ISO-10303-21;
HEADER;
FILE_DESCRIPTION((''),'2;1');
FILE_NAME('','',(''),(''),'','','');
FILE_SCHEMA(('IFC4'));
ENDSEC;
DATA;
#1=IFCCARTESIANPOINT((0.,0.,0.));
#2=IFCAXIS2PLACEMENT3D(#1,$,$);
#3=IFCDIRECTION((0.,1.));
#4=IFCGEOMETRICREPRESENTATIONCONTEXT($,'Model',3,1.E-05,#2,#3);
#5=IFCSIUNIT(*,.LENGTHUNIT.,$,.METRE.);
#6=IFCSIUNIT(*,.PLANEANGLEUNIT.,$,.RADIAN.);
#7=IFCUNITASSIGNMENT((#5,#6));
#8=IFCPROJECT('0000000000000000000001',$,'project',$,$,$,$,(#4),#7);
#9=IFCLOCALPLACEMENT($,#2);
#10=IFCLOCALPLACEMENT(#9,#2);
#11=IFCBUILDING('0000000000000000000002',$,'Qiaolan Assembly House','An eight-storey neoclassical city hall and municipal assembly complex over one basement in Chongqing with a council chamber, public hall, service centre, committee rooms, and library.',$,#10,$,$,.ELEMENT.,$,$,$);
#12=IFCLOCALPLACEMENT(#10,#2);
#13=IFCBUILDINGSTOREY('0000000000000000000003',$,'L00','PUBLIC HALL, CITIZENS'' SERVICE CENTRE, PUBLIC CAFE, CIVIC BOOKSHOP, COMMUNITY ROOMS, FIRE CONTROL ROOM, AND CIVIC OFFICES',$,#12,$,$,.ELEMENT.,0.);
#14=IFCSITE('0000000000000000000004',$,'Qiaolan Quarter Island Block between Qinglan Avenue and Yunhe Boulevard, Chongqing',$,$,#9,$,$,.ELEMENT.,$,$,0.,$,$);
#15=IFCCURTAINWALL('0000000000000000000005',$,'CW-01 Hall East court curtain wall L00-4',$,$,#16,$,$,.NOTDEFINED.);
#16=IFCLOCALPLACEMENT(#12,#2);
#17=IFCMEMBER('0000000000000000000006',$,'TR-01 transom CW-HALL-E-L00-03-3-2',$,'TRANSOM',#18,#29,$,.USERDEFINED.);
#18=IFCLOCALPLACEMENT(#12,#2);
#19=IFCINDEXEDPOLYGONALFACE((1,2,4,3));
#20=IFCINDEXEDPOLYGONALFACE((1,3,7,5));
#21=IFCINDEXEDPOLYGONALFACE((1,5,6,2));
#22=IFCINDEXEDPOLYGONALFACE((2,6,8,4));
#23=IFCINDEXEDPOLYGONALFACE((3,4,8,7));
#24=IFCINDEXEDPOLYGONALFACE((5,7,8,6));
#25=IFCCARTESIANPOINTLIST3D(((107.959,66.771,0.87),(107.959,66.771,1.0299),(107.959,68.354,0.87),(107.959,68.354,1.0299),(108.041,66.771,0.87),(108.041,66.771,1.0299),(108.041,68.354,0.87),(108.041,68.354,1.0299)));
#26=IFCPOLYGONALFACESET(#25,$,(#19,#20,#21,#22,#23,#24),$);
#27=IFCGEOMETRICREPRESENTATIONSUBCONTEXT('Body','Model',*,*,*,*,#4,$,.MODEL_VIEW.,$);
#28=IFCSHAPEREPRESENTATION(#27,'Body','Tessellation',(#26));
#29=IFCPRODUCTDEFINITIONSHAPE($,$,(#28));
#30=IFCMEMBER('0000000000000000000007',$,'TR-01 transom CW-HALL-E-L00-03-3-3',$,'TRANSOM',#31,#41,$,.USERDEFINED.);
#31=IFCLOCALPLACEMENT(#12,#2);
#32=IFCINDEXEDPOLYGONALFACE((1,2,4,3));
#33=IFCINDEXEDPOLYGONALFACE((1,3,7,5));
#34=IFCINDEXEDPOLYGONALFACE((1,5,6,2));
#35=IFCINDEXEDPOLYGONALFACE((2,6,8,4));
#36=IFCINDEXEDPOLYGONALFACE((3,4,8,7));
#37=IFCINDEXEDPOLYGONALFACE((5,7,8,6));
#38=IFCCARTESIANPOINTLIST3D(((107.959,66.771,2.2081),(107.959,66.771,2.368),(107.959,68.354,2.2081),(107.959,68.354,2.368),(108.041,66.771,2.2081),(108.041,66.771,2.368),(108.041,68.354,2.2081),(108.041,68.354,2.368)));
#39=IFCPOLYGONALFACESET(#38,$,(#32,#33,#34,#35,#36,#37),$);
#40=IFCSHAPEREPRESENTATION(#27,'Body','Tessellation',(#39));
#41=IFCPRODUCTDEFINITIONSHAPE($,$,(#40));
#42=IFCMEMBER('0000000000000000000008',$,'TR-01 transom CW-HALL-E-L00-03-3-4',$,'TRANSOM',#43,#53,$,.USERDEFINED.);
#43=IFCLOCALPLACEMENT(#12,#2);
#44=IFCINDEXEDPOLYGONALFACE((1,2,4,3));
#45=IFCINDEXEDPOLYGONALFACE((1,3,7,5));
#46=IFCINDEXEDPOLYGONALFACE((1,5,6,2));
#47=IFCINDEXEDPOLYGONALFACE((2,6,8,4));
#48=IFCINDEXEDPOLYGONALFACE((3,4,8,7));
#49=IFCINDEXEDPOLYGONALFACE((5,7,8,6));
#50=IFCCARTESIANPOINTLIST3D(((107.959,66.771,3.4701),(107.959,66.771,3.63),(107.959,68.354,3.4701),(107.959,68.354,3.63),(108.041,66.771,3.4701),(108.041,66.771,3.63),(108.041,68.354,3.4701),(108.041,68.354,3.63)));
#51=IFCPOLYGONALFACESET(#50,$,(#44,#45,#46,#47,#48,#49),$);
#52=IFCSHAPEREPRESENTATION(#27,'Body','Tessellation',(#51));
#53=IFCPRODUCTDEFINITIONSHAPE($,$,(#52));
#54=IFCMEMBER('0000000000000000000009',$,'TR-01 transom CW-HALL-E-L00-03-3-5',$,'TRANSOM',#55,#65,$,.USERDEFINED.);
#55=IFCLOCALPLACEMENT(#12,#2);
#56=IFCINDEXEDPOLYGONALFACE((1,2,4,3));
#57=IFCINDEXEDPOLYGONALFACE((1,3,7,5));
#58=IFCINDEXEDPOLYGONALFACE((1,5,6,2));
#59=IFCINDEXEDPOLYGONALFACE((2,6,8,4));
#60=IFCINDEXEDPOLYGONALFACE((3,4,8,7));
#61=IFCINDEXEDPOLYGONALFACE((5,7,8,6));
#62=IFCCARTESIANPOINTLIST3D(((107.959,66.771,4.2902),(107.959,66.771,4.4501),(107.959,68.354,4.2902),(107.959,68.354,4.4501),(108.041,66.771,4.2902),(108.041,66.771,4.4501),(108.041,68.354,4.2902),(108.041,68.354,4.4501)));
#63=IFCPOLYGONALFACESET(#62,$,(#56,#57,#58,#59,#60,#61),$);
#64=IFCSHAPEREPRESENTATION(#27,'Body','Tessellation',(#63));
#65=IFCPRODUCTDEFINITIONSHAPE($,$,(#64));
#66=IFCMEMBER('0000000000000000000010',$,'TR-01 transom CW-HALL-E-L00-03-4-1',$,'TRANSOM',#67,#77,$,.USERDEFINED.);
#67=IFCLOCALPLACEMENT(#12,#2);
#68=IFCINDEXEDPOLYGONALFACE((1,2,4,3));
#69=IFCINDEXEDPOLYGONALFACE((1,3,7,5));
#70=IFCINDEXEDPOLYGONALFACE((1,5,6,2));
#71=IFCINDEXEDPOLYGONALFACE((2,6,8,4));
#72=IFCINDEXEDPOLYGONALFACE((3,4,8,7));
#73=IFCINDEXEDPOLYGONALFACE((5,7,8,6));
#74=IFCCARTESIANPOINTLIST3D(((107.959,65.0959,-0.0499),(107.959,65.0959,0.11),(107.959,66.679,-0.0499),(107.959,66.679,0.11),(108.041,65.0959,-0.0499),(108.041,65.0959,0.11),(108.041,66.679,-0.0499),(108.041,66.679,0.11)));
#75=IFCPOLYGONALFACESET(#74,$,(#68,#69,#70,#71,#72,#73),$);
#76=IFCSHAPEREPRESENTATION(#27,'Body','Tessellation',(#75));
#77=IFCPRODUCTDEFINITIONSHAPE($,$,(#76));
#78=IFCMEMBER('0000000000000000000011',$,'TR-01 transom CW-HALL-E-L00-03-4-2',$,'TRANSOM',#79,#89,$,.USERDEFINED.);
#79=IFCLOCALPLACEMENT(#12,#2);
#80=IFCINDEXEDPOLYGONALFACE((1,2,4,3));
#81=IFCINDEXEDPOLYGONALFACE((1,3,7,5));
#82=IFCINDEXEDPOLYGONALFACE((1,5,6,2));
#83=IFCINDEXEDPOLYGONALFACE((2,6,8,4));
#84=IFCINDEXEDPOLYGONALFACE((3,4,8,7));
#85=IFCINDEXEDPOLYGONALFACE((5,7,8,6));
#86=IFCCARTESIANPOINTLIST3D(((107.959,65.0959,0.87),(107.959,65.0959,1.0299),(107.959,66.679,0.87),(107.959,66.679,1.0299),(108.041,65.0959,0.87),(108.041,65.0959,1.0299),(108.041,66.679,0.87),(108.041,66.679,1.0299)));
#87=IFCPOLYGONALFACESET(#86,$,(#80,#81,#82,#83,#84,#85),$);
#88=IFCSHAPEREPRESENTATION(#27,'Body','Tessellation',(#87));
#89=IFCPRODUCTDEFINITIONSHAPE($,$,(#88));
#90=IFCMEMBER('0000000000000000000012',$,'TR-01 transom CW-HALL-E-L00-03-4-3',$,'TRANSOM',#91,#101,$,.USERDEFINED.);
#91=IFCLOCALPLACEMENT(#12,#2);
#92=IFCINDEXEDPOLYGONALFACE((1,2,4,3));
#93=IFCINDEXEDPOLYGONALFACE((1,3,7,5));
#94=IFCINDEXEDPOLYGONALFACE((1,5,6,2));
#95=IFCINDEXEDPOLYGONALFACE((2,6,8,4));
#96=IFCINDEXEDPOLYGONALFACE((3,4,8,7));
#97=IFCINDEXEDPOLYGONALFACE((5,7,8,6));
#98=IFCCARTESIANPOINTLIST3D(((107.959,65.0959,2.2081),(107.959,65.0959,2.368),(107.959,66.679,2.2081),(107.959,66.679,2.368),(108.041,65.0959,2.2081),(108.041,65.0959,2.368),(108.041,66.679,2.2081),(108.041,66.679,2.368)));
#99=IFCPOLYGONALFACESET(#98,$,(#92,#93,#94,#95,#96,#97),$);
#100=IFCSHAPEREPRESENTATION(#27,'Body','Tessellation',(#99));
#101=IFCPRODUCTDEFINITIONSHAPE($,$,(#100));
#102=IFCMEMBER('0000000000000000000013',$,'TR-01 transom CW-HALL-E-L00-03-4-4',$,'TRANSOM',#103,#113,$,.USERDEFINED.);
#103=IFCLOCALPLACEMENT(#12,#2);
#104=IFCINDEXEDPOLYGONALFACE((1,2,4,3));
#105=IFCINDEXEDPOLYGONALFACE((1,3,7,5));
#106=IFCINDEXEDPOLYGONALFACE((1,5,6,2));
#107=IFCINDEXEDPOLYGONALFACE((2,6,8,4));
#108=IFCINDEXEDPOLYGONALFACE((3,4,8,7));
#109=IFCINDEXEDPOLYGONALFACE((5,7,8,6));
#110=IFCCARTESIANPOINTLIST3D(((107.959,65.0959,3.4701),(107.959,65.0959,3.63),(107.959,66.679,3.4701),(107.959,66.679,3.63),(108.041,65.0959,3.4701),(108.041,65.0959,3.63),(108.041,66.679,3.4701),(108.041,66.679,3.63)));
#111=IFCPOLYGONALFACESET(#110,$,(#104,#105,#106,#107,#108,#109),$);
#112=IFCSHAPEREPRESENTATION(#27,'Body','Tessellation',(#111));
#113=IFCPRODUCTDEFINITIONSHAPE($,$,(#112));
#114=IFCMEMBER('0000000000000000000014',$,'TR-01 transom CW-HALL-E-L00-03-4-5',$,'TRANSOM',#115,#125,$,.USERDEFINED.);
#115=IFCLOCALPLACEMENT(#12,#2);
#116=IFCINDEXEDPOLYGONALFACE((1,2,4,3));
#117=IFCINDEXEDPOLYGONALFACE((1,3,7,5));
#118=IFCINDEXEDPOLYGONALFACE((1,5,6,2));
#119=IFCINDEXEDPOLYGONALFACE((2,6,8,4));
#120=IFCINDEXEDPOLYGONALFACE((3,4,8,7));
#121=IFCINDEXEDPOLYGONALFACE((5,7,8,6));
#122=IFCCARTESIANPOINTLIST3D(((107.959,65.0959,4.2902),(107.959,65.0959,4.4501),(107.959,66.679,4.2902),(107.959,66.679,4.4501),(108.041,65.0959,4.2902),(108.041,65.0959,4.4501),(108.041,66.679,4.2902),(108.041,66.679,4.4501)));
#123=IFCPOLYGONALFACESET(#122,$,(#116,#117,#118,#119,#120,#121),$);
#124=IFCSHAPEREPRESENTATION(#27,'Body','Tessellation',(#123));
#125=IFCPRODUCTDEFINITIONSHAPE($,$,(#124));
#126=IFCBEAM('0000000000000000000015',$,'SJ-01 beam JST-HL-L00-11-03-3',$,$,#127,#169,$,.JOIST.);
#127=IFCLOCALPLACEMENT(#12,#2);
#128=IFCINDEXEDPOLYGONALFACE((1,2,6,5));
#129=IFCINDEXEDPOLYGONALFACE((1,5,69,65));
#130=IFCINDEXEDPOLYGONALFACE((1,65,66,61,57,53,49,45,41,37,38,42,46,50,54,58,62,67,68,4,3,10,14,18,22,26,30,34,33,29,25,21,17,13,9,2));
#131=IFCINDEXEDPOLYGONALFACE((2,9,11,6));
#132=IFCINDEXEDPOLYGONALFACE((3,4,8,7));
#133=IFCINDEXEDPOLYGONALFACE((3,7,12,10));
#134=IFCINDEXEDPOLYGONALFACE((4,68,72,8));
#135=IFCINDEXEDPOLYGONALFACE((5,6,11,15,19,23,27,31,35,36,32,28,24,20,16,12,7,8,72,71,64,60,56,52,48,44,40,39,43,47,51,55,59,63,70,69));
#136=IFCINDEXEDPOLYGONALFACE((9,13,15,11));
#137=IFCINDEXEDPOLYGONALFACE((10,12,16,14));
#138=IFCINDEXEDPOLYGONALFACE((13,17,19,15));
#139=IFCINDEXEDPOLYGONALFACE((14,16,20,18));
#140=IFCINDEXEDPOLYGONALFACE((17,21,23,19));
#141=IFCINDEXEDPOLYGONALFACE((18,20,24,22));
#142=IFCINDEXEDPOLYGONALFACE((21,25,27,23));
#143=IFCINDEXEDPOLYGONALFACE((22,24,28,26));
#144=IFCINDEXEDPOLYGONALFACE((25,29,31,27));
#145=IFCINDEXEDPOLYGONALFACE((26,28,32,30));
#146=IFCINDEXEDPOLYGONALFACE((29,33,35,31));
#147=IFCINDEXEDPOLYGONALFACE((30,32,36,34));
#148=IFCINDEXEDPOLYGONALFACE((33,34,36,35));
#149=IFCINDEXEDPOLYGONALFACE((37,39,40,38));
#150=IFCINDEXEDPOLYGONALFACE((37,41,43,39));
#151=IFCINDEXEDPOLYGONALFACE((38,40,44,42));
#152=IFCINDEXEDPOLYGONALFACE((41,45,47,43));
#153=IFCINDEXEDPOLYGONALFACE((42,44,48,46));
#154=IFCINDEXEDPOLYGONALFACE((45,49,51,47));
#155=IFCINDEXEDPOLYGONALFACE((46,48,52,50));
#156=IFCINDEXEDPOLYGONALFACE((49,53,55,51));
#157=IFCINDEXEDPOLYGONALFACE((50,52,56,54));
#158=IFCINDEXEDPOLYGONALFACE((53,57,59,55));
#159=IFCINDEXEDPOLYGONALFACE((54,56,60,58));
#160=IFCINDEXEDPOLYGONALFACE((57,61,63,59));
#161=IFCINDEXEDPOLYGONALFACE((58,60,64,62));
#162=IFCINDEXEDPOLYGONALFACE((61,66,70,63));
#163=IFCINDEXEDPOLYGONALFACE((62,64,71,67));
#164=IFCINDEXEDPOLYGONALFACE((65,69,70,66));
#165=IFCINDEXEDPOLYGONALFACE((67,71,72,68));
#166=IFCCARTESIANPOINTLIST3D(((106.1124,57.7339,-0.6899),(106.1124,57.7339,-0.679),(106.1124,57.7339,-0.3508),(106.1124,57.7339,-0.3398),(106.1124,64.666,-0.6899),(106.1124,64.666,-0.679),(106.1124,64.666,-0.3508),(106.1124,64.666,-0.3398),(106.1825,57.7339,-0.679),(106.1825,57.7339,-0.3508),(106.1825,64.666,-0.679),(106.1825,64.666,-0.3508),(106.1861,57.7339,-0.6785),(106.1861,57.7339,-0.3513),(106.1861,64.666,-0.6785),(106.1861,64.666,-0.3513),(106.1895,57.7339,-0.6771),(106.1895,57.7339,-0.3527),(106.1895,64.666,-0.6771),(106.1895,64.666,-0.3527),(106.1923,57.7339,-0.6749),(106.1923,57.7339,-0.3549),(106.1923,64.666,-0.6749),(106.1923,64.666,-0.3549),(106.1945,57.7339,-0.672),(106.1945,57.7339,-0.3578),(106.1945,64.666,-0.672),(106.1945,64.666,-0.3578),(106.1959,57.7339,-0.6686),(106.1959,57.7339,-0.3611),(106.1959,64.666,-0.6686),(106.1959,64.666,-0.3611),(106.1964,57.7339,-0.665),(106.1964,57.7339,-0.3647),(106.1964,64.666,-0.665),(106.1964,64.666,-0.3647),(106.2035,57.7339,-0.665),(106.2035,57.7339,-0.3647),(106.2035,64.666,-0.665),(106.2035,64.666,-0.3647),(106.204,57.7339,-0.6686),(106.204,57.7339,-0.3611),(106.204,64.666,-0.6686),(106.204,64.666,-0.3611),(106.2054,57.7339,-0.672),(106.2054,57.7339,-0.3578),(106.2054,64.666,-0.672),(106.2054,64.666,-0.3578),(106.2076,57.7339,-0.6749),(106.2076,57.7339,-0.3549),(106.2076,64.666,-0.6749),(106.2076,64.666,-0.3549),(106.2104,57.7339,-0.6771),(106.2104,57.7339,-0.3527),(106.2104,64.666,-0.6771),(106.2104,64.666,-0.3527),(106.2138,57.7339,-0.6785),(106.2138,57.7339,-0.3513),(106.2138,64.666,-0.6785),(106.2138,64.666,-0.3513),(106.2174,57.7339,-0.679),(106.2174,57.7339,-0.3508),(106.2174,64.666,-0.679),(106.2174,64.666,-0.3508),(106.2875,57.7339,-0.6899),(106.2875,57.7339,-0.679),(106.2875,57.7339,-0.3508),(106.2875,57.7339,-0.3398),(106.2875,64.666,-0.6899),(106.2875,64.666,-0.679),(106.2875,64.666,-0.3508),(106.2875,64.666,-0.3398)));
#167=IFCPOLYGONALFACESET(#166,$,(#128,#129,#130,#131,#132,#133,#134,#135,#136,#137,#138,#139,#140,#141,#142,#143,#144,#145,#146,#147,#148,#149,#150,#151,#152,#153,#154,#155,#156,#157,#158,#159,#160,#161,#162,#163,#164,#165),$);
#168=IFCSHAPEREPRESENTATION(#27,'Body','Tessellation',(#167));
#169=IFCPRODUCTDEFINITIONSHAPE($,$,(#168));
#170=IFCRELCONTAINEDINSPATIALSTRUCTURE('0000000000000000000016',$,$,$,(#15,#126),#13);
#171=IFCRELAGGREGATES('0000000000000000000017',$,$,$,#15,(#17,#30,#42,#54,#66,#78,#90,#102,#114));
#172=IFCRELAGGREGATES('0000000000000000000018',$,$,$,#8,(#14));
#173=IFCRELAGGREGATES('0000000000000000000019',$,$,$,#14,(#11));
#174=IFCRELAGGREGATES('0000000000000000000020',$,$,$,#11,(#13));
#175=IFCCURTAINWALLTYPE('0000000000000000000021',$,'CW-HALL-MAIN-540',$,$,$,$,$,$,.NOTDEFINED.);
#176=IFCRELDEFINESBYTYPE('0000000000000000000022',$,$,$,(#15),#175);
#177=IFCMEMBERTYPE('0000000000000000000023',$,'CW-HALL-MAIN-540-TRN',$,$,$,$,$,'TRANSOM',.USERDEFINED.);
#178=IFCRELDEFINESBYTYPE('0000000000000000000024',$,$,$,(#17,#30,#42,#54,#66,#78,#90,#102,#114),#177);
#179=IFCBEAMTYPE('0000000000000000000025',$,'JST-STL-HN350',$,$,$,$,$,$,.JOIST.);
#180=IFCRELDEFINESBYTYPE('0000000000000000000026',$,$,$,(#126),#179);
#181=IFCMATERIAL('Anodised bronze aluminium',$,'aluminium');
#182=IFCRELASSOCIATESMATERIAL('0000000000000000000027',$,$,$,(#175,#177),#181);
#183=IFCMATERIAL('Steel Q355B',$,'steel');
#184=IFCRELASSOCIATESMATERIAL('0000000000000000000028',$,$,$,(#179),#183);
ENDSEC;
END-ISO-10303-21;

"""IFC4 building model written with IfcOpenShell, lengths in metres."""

from ifc_helpers import new_model, si_unit, direction, frame, origin, origin_2d, place, context, subcontext, project, spatial, rectangle, i_section, extrude, material, material_profile, profile_set, type_object, element, aggregate, save


model = new_model("IFC4")

# Units and contexts
model_context = context("Model", 3, precision=1e-05, world=origin(), true_north=direction((0.0, 1.0)))
body_context = subcontext(model_context, "Body", "Model", "MODEL_VIEW")
ifc_project = project(units=[si_unit("LENGTHUNIT", "METRE"), si_unit("PLANEANGLEUNIT", "RADIAN")], contexts=[model_context])

# Site, building, storey
site_placement = place(None, origin())
site = spatial("IfcSite", under=ifc_project, at=site_placement, Name="Qiaolan Quarter Island Block between Qinglan Avenue and Yunhe Boulevard, Chongqing", CompositionType="ELEMENT", RefElevation=0.0)
building_placement = place(site_placement, origin())
building = spatial("IfcBuilding", under=site, at=building_placement, Name="Qiaolan Assembly House", Description="An eight-storey neoclassical city hall and municipal assembly complex over one basement in Chongqing with a council chamber, public hall, service centre, committee rooms, and library.", CompositionType="ELEMENT")
storey_placement = place(building_placement, origin())
storey = spatial("IfcBuildingStorey", under=building, at=storey_placement, Name="L00", Description="PUBLIC HALL, CITIZENS' SERVICE CENTRE, PUBLIC CAFE, CIVIC BOOKSHOP, COMMUNITY ROOMS, FIRE CONTROL ROOM, AND CIVIC OFFICES", CompositionType="ELEMENT", Elevation=0.0)

# Shared definitions
ifc_material_1 = material(Name="Steel Q355B", Category="steel")

# Curtain wall, members
ifc_material_2 = material(Name="Anodised bronze aluminium", Category="aluminium")
curtain_wall_type = type_object("IfcCurtainWallType", Name="CW-HALL-MAIN-540", PredefinedType="NOTDEFINED", material=ifc_material_2)
curtain_wall_placement = place(storey_placement, origin())
curtain_wall = element("IfcCurtainWall", 1, at=curtain_wall_placement, inside=storey, type_object=curtain_wall_type, Name="CW-01 Hall East court curtain wall L00-4", PredefinedType="NOTDEFINED")
ifc_material_profile_1 = material_profile(ifc_material_2, rectangle(XDim=0.082, YDim=0.1599, at=origin_2d()), Name="TRN 82x160")
ifc_profile_set_1 = profile_set([ifc_material_profile_1], Name="Anodised bronze aluminium")
member_type_1 = type_object("IfcMemberType", Name="CW-HALL-MAIN-540-TRN", ElementType="TRANSOM", PredefinedType="USERDEFINED", material=ifc_profile_set_1)
member_1_placement = place(storey_placement, frame((108.0, 68.354, 0.95), z_axis=(0.0, -1.0, 0.0), x_axis=(1.0, 0.0, 0.0)))
member_1 = element("IfcMember", 2, at=member_1_placement, type_object=member_type_1, Name="TR-01 transom CW-HALL-E-L00-03-3-2", ObjectType="TRANSOM", PredefinedType="USERDEFINED", context=body_context, shape_type="SweptSolid", body=[
    extrude(rectangle(XDim=0.082, YDim=0.1599, at=origin_2d()), origin(), (0.0, 0.0, 1.0), 1.583),
])
member_2_placement = place(storey_placement, frame((108.0, 68.354, 2.2881), z_axis=(0.0, -1.0, 0.0), x_axis=(1.0, 0.0, 0.0)))
member_2 = element("IfcMember", 3, at=member_2_placement, type_object=member_type_1, Name="TR-01 transom CW-HALL-E-L00-03-3-3", ObjectType="TRANSOM", PredefinedType="USERDEFINED", context=body_context, shape_type="SweptSolid", body=[
    extrude(rectangle(XDim=0.082, YDim=0.1599, at=origin_2d()), origin(), (0.0, 0.0, 1.0), 1.583),
])
member_3_placement = place(storey_placement, frame((108.0, 68.354, 3.55), z_axis=(0.0, -1.0, 0.0), x_axis=(1.0, 0.0, 0.0)))
member_3 = element("IfcMember", 4, at=member_3_placement, type_object=member_type_1, Name="TR-01 transom CW-HALL-E-L00-03-3-4", ObjectType="TRANSOM", PredefinedType="USERDEFINED", context=body_context, shape_type="SweptSolid", body=[
    extrude(rectangle(XDim=0.082, YDim=0.1599, at=origin_2d()), origin(), (0.0, 0.0, 1.0), 1.583),
])
member_4_placement = place(storey_placement, frame((108.0, 68.354, 4.3701), z_axis=(0.0, -1.0, 0.0), x_axis=(1.0, 0.0, 0.0)))
member_4 = element("IfcMember", 5, at=member_4_placement, type_object=member_type_1, Name="TR-01 transom CW-HALL-E-L00-03-3-5", ObjectType="TRANSOM", PredefinedType="USERDEFINED", context=body_context, shape_type="SweptSolid", body=[
    extrude(rectangle(XDim=0.082, YDim=0.1599, at=origin_2d()), origin(), (0.0, 0.0, 1.0), 1.583),
])
member_5_placement = place(storey_placement, frame((108.0, 66.679, 0.03), z_axis=(0.0, -1.0, 0.0), x_axis=(1.0, 0.0, 0.0)))
member_5 = element("IfcMember", 6, at=member_5_placement, type_object=member_type_1, Name="TR-01 transom CW-HALL-E-L00-03-4-1", ObjectType="TRANSOM", PredefinedType="USERDEFINED", context=body_context, shape_type="SweptSolid", body=[
    extrude(rectangle(XDim=0.082, YDim=0.1599, at=origin_2d()), origin(), (0.0, 0.0, 1.0), 1.583),
])
member_6_placement = place(storey_placement, frame((108.0, 66.679, 0.95), z_axis=(0.0, -1.0, 0.0), x_axis=(1.0, 0.0, 0.0)))
member_6 = element("IfcMember", 7, at=member_6_placement, type_object=member_type_1, Name="TR-01 transom CW-HALL-E-L00-03-4-2", ObjectType="TRANSOM", PredefinedType="USERDEFINED", context=body_context, shape_type="SweptSolid", body=[
    extrude(rectangle(XDim=0.082, YDim=0.1599, at=origin_2d()), origin(), (0.0, 0.0, 1.0), 1.583),
])
member_7_placement = place(storey_placement, frame((108.0, 66.679, 2.2881), z_axis=(0.0, -1.0, 0.0), x_axis=(1.0, 0.0, 0.0)))
member_7 = element("IfcMember", 8, at=member_7_placement, type_object=member_type_1, Name="TR-01 transom CW-HALL-E-L00-03-4-3", ObjectType="TRANSOM", PredefinedType="USERDEFINED", context=body_context, shape_type="SweptSolid", body=[
    extrude(rectangle(XDim=0.082, YDim=0.1599, at=origin_2d()), origin(), (0.0, 0.0, 1.0), 1.583),
])
member_8_placement = place(storey_placement, frame((108.0, 66.679, 3.55), z_axis=(0.0, -1.0, 0.0), x_axis=(1.0, 0.0, 0.0)))
member_8 = element("IfcMember", 9, at=member_8_placement, type_object=member_type_1, Name="TR-01 transom CW-HALL-E-L00-03-4-4", ObjectType="TRANSOM", PredefinedType="USERDEFINED", context=body_context, shape_type="SweptSolid", body=[
    extrude(rectangle(XDim=0.082, YDim=0.1599, at=origin_2d()), origin(), (0.0, 0.0, 1.0), 1.583),
])
member_9_placement = place(storey_placement, frame((108.0, 66.679, 4.3701), z_axis=(0.0, -1.0, 0.0), x_axis=(1.0, 0.0, 0.0)))
member_9 = element("IfcMember", 10, at=member_9_placement, type_object=member_type_1, Name="TR-01 transom CW-HALL-E-L00-03-4-5", ObjectType="TRANSOM", PredefinedType="USERDEFINED", context=body_context, shape_type="SweptSolid", body=[
    extrude(rectangle(XDim=0.082, YDim=0.1599, at=origin_2d()), origin(), (0.0, 0.0, 1.0), 1.583),
])

# Beam
ifc_material_profile_2 = material_profile(ifc_material_1, i_section(OverallWidth=0.175, OverallDepth=0.3501, WebThickness=0.0071, FlangeThickness=0.011, FilletRadius=0.0139, at=origin_2d()), Name="HN 350x175x7x11")
ifc_profile_set_2 = profile_set([ifc_material_profile_2], Name="Steel Q355B")
beam_type_1 = type_object("IfcBeamType", Name="JST-STL-HN350", PredefinedType="JOIST", material=ifc_profile_set_2)
beam_1_placement = place(storey_placement, frame((106.2, 57.7339, -0.5149), z_axis=(0.0, 1.0, 0.0), x_axis=(-1.0, 0.0, 0.0)))
element("IfcBeam", 11, at=beam_1_placement, inside=storey, type_object=beam_type_1, Name="SJ-01 beam JST-HL-L00-11-03-3", PredefinedType="JOIST", context=body_context, shape_type="SweptSolid", body=[
    extrude(i_section(OverallWidth=0.175, OverallDepth=0.3501, WebThickness=0.0071, FlangeThickness=0.011, FilletRadius=0.0139, at=origin_2d()), origin(), (0.0, 0.0, 1.0), 6.9321),
])

aggregate(curtain_wall, [member_1, member_2, member_3, member_4, member_5, member_6, member_7, member_8, member_9])

save(model, "model.ifc")
